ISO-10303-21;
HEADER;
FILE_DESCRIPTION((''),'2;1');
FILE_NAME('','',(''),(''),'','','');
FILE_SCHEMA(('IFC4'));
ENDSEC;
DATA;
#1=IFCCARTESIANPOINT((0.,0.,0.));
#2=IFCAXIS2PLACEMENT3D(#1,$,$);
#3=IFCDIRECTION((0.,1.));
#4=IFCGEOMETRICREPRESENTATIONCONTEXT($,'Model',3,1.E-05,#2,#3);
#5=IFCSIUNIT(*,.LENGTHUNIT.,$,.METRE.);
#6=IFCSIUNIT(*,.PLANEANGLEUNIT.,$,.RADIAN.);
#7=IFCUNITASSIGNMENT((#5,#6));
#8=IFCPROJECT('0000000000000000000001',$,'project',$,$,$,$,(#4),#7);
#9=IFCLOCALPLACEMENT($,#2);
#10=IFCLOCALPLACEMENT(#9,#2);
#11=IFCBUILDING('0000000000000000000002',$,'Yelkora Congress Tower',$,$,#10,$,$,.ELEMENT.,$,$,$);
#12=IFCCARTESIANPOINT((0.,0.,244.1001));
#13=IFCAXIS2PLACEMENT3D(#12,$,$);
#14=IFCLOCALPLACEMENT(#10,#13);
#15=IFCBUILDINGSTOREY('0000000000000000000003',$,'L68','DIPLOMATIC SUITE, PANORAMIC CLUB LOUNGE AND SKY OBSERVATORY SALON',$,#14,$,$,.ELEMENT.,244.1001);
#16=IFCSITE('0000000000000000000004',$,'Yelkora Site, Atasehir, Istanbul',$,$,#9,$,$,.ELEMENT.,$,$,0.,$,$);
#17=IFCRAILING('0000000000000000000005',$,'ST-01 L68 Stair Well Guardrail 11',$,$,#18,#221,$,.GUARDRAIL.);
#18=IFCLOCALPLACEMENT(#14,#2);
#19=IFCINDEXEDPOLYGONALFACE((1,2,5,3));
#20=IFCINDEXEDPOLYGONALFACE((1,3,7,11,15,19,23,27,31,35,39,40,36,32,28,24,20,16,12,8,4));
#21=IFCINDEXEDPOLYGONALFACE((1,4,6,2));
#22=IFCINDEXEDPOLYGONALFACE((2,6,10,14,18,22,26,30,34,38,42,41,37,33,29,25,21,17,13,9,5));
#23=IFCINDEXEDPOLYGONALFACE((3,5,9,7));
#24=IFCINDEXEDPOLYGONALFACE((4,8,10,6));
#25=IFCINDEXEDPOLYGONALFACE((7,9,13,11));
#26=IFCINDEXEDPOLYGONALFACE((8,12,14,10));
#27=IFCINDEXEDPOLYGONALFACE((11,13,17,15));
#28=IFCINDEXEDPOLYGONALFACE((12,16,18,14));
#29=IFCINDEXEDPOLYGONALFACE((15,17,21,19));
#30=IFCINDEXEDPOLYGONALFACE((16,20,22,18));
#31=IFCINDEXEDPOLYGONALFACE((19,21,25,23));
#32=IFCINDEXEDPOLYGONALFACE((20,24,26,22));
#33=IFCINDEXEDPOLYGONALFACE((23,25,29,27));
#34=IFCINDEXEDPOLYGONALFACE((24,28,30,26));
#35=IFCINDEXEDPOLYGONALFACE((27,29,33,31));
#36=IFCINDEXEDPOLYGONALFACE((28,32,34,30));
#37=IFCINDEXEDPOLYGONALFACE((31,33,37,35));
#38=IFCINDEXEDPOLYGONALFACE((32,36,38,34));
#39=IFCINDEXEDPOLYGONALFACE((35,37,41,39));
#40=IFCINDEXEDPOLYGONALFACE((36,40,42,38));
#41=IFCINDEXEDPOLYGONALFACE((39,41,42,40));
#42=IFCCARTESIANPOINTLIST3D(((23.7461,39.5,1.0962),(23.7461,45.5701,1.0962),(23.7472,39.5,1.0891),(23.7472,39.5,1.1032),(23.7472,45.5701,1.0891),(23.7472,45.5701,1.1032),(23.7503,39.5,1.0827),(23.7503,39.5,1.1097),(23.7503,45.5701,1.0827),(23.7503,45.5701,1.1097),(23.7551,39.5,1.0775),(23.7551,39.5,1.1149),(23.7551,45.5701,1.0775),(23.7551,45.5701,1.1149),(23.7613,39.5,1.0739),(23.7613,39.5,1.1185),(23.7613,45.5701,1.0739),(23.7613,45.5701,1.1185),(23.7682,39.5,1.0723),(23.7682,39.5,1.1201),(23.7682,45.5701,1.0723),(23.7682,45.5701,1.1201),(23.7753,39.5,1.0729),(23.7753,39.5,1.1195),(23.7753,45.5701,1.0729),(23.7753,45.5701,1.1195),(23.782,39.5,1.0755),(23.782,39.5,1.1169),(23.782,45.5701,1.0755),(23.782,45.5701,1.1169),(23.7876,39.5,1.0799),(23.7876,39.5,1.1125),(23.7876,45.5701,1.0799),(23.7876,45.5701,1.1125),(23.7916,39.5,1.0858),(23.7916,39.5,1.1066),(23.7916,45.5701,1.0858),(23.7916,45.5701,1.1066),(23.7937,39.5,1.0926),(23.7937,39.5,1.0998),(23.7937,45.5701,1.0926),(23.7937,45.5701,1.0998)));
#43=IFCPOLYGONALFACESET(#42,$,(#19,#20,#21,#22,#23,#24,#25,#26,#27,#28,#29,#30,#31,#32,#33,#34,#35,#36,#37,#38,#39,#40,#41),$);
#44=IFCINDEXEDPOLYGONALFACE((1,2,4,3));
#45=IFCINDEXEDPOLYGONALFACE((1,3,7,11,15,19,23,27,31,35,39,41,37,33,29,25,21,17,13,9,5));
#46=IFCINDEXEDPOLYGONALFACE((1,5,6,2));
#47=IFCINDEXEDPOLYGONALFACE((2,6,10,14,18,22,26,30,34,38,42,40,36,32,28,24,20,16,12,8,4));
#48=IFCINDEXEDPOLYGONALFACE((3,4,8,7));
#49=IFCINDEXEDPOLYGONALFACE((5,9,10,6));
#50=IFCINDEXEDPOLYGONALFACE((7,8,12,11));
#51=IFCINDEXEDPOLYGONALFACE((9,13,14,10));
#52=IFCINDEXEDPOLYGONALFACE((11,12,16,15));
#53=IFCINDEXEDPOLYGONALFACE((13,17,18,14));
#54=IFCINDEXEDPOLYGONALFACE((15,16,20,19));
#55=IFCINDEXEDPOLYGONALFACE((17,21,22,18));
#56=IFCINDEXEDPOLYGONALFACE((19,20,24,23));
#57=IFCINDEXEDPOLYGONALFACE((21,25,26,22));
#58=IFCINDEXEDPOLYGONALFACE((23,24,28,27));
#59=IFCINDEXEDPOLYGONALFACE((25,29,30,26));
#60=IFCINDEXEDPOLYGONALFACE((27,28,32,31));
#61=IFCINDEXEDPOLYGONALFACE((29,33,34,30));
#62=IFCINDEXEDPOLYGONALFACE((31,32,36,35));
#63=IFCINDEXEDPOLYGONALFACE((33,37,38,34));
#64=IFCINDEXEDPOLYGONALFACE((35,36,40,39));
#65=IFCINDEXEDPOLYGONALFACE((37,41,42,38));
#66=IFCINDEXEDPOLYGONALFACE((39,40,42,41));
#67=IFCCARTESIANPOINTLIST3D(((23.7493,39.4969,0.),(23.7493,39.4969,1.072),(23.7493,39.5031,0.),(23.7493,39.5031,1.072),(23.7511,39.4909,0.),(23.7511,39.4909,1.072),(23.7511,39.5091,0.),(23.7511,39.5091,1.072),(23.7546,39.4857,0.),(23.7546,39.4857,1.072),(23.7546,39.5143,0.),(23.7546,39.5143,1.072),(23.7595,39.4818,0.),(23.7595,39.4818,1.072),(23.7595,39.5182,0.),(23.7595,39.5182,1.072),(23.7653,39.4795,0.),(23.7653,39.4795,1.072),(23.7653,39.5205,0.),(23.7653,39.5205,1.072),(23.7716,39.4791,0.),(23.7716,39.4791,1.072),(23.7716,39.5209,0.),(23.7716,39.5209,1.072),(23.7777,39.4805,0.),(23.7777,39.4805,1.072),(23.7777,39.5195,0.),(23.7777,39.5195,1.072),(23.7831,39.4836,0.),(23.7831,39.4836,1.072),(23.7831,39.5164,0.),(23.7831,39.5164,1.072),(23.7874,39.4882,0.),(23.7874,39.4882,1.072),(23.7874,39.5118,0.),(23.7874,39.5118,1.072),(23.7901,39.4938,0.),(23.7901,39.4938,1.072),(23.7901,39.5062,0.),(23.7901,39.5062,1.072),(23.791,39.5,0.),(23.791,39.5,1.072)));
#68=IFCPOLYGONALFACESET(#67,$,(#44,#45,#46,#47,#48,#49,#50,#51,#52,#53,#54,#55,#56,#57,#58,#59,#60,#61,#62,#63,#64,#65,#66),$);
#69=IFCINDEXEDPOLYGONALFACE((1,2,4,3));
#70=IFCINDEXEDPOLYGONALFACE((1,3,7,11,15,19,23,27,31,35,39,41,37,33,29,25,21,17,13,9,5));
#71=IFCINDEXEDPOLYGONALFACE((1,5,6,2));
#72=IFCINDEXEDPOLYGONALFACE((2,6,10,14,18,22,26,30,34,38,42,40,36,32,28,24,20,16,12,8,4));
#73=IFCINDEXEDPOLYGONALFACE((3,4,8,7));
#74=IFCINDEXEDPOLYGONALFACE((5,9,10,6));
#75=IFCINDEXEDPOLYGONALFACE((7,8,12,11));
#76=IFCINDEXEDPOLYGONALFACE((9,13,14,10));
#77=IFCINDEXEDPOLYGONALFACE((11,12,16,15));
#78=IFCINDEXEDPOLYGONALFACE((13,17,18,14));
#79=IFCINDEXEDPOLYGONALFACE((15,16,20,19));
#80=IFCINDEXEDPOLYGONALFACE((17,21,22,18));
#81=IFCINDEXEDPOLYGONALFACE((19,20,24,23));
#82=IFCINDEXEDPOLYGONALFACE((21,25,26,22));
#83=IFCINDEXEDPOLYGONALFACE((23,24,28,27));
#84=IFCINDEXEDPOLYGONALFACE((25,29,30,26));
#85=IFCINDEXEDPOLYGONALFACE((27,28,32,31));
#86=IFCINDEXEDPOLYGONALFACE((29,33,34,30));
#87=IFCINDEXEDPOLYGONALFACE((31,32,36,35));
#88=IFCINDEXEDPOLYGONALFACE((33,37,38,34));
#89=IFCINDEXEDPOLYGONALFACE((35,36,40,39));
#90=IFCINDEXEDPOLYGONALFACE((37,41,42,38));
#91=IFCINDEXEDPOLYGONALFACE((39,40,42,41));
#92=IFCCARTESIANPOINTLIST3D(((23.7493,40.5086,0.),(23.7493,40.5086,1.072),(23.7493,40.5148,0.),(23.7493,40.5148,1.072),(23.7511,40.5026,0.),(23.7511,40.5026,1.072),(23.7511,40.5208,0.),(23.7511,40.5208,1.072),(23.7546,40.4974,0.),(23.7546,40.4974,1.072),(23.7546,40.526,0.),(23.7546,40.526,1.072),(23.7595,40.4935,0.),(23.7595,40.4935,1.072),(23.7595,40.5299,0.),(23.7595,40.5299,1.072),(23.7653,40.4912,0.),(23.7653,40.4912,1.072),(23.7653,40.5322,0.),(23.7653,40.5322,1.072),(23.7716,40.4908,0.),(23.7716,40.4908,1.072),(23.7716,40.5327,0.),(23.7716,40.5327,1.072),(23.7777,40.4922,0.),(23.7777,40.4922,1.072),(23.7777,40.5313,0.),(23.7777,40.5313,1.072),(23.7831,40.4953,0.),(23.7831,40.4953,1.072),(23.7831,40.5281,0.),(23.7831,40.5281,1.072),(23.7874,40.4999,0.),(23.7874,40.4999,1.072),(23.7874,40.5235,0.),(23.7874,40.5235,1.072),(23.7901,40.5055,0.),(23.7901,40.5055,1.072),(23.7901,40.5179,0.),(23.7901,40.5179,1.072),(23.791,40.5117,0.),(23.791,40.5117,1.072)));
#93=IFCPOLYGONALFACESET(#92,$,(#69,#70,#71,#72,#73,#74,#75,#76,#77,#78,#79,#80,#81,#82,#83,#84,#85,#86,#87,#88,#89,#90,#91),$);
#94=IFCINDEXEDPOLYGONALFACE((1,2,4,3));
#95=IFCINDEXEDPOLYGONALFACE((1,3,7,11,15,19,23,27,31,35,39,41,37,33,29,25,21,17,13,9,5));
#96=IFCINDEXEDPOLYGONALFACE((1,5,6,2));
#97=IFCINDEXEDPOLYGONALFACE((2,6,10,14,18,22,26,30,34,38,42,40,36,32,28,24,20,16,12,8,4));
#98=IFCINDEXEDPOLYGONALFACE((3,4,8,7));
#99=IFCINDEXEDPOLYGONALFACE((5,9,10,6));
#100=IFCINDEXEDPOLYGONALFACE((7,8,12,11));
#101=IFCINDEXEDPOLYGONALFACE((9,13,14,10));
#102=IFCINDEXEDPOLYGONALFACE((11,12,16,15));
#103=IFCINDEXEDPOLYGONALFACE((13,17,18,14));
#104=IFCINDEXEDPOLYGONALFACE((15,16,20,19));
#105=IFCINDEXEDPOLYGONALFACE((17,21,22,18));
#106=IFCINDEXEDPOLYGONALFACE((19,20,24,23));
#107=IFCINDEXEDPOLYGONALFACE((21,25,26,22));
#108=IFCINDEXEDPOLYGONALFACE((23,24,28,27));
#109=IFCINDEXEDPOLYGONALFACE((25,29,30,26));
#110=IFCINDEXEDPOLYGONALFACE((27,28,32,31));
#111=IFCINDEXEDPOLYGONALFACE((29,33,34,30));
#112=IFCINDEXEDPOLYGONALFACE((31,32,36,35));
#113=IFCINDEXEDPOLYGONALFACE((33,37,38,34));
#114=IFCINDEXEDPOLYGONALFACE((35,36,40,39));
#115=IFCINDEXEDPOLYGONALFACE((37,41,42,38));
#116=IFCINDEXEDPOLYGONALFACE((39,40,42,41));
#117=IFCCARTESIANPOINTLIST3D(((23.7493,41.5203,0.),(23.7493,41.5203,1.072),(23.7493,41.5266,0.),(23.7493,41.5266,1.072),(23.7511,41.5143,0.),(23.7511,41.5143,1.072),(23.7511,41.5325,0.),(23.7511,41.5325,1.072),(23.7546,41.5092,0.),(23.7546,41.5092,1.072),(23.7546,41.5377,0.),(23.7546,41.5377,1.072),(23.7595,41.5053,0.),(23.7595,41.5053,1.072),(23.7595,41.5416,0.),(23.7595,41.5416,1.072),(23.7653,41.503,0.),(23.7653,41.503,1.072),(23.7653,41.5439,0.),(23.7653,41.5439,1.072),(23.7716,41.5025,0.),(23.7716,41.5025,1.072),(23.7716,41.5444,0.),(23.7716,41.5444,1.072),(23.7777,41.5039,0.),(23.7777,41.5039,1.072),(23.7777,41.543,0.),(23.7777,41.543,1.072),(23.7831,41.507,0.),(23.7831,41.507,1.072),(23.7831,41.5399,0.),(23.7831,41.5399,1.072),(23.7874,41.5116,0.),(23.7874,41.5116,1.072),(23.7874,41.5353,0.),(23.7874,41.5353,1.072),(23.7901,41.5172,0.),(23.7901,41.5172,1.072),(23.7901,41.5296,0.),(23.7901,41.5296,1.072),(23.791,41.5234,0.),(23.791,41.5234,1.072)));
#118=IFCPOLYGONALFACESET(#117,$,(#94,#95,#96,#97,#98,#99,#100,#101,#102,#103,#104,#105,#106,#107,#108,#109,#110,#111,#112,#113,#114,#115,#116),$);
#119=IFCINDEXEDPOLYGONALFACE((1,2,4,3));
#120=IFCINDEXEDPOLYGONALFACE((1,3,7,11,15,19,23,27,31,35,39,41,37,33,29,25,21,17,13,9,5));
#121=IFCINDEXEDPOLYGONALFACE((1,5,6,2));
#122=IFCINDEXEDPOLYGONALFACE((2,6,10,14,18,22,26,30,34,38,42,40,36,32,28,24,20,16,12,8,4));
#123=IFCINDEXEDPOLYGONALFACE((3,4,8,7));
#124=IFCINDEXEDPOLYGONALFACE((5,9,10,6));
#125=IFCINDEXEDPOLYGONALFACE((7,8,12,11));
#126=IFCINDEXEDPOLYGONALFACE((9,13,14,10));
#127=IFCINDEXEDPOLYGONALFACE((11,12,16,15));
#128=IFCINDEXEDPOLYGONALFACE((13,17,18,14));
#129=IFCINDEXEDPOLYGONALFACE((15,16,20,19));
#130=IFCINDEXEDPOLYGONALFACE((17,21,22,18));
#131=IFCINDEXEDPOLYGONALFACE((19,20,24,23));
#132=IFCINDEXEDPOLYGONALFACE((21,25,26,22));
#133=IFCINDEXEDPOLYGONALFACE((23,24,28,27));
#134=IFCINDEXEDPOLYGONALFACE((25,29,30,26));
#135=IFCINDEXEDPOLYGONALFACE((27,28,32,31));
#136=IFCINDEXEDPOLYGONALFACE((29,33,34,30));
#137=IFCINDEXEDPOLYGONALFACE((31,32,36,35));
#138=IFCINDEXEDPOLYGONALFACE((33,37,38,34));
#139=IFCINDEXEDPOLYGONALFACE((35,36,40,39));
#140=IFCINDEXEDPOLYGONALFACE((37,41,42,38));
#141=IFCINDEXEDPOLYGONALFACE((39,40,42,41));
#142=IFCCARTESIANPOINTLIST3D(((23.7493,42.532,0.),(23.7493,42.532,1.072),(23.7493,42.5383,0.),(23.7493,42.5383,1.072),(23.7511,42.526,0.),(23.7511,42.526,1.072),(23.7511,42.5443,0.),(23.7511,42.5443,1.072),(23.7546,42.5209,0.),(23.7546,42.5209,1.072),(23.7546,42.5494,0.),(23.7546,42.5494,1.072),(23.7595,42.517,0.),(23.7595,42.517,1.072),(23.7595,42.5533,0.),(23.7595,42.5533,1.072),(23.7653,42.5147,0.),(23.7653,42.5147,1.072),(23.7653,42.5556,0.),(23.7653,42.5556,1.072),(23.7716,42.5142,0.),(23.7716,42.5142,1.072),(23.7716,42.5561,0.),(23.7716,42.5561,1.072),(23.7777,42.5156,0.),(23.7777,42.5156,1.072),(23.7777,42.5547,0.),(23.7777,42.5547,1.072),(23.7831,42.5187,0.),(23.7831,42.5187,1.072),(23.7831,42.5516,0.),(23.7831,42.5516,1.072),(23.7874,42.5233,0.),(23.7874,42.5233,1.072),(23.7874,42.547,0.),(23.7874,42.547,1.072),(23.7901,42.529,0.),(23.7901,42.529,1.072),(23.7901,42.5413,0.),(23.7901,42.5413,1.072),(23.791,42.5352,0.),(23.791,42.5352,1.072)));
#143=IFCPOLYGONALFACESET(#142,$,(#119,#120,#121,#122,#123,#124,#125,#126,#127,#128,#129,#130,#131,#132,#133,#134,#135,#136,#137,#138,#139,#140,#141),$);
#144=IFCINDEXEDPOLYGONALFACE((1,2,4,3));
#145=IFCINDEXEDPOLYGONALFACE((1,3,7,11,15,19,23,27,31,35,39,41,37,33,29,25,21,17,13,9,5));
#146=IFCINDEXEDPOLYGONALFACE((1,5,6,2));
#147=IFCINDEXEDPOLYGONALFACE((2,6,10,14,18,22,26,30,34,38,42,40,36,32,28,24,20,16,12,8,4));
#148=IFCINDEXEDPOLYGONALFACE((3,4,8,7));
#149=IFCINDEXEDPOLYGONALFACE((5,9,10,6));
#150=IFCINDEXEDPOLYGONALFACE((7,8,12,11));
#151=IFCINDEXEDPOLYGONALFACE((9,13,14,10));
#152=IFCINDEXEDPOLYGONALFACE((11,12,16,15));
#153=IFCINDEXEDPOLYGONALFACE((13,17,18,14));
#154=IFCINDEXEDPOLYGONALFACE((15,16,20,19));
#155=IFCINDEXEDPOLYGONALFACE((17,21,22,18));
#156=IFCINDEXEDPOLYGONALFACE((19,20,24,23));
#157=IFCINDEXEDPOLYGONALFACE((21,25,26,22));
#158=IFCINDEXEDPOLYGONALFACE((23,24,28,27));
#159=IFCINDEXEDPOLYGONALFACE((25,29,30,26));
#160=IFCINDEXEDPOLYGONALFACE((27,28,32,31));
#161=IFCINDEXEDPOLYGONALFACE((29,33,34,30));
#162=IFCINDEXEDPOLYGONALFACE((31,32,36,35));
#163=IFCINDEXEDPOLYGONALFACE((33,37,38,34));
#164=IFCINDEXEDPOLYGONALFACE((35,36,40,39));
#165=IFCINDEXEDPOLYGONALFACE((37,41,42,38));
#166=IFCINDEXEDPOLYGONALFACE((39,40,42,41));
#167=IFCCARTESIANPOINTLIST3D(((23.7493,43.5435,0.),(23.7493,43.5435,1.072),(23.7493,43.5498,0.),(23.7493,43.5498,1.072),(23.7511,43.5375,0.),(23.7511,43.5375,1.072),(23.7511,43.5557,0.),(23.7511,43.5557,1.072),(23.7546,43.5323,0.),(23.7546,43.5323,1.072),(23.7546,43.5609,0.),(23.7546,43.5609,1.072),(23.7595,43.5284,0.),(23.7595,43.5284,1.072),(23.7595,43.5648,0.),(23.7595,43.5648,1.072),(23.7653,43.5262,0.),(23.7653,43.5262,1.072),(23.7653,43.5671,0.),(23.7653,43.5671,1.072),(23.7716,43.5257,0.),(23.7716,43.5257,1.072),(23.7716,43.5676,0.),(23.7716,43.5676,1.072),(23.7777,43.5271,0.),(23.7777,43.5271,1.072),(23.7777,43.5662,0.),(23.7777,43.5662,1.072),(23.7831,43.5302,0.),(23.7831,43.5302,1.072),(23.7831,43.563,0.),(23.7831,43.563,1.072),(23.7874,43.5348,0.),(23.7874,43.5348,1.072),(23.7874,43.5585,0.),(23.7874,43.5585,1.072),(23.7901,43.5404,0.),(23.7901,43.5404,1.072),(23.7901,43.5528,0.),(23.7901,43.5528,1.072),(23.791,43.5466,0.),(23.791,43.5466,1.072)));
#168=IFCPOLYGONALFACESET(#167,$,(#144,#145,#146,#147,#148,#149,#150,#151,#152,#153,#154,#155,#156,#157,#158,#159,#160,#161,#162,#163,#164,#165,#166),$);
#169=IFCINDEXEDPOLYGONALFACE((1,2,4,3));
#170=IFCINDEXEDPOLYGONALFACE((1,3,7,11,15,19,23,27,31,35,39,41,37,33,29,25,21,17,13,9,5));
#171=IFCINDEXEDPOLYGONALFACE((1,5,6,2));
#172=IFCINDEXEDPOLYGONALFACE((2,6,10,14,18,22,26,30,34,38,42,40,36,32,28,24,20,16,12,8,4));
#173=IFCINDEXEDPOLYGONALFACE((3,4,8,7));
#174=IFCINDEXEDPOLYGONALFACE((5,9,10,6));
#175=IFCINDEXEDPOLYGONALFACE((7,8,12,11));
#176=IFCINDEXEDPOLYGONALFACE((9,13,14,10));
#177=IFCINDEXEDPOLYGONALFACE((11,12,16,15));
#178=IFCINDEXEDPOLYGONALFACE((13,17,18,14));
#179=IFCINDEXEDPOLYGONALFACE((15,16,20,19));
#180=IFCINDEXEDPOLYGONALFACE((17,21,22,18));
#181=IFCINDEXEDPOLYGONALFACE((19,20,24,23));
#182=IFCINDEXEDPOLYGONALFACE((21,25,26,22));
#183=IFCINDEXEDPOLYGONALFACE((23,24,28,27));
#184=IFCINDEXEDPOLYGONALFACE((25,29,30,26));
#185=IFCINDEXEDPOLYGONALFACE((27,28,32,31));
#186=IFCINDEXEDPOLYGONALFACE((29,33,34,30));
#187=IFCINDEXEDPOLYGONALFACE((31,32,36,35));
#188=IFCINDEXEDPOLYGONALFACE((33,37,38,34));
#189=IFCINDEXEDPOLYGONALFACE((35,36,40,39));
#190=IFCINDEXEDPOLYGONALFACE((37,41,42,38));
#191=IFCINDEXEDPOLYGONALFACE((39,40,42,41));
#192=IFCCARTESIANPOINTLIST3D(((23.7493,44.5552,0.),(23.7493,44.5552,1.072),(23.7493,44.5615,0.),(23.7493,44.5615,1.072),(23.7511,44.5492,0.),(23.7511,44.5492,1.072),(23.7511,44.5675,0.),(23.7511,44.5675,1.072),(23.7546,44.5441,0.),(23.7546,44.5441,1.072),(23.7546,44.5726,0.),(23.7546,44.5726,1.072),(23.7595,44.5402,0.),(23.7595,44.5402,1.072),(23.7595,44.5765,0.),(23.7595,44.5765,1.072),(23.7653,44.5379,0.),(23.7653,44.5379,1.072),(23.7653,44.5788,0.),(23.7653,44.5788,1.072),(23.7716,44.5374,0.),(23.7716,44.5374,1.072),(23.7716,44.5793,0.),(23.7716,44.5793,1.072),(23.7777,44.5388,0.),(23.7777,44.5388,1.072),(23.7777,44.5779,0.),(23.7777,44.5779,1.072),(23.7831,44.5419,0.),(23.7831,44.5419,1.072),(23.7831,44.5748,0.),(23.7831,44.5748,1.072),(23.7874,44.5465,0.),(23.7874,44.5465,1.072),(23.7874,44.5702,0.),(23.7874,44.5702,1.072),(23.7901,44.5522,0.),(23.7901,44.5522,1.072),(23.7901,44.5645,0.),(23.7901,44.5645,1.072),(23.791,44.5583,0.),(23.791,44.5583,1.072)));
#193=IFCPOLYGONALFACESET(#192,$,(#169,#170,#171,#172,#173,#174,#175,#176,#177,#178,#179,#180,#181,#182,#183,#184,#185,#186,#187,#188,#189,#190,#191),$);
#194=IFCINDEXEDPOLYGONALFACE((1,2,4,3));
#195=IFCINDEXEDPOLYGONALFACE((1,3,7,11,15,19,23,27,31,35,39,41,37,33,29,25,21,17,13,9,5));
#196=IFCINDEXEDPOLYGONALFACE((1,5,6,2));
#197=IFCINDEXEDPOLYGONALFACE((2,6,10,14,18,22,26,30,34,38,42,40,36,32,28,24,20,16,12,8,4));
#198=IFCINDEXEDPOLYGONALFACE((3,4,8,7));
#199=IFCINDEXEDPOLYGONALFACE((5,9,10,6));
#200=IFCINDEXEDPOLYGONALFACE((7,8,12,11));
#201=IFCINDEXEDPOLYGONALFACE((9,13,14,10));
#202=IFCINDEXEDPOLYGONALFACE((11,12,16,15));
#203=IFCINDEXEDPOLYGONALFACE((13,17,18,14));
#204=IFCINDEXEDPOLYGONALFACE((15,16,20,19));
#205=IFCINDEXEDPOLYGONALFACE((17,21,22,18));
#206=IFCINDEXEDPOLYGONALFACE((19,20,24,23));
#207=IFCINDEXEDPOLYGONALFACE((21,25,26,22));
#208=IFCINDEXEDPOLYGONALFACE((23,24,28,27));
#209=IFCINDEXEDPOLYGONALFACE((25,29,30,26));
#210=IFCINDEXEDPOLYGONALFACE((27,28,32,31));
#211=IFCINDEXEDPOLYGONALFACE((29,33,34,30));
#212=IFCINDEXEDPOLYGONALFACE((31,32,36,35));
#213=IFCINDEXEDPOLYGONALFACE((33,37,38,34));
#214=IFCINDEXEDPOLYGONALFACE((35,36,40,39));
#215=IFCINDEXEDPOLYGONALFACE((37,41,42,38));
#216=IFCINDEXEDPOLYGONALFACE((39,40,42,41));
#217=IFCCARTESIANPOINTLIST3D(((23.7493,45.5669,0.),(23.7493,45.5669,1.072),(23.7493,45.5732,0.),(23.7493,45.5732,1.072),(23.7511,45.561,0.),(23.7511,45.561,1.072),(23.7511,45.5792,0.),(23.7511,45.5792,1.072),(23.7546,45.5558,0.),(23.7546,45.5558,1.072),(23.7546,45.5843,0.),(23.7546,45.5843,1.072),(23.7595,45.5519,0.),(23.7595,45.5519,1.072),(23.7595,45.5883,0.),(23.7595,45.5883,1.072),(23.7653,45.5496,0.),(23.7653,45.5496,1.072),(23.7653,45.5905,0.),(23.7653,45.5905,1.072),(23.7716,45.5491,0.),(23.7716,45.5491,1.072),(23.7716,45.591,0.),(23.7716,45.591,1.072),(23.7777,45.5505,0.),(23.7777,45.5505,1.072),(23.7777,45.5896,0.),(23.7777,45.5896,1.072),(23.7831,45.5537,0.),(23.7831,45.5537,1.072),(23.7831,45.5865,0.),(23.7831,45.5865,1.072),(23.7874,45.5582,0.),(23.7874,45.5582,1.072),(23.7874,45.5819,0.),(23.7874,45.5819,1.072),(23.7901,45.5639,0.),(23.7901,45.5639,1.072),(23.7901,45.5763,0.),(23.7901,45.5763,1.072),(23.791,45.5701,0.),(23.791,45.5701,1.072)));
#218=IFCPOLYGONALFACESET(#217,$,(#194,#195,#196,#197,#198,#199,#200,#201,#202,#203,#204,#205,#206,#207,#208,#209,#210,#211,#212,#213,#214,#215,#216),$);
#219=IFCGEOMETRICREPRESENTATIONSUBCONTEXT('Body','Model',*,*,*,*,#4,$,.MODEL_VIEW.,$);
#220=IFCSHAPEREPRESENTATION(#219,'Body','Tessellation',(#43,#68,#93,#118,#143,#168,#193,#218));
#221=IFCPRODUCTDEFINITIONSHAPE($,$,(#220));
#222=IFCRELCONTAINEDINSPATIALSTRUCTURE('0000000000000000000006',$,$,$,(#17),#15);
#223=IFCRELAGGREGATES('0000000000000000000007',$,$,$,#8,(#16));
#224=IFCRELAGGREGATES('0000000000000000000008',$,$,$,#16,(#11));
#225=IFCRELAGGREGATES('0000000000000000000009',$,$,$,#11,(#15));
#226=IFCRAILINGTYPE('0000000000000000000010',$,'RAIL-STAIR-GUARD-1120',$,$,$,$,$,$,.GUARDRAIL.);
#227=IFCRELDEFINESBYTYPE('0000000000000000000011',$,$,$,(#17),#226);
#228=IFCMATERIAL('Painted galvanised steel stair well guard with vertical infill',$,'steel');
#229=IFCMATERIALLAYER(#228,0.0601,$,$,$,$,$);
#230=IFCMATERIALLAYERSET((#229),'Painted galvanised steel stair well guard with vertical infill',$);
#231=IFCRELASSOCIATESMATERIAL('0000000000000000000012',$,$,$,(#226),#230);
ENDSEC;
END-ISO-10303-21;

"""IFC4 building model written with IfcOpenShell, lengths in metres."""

from ifc_helpers import new_model, si_unit, direction, frame, origin, origin_2d, place, context, subcontext, project, spatial, circle, extrude, material, layer, layer_set, type_object, element, save


model = new_model("IFC4")

# Units and contexts
model_context = context("Model", 3, precision=1e-05, world=origin(), true_north=direction((0.0, 1.0)))
body_context = subcontext(model_context, "Body", "Model", "MODEL_VIEW")
ifc_project = project(units=[si_unit("LENGTHUNIT", "METRE"), si_unit("PLANEANGLEUNIT", "RADIAN")], contexts=[model_context])

# Site, building, storey
site_placement = place(None, origin())
site = spatial("IfcSite", under=ifc_project, at=site_placement, Name="Yelkora Site, Atasehir, Istanbul", CompositionType="ELEMENT", RefElevation=0.0)
building_placement = place(site_placement, origin())
building = spatial("IfcBuilding", under=site, at=building_placement, Name="Yelkora Congress Tower", CompositionType="ELEMENT")
storey_placement = place(building_placement, frame((0.0, 0.0, 244.1001)))
storey = spatial("IfcBuildingStorey", under=building, at=storey_placement, Name="L68", Description="DIPLOMATIC SUITE, PANORAMIC CLUB LOUNGE AND SKY OBSERVATORY SALON", CompositionType="ELEMENT", Elevation=244.1001)

# Railing
ifc_material_1 = material(Name="Painted galvanised steel stair well guard with vertical infill", Category="steel")
ifc_layer_1 = layer(ifc_material_1, 0.0601)
ifc_layer_set_1 = layer_set([ifc_layer_1], Name="Painted galvanised steel stair well guard with vertical infill")
railing_type_1 = type_object("IfcRailingType", Name="RAIL-STAIR-GUARD-1120", PredefinedType="GUARDRAIL", material=ifc_layer_set_1)
railing_1_placement = place(storey_placement, frame((23.77, 39.5, 0.0)))
element("IfcRailing", 1, at=railing_1_placement, inside=storey, type_object=railing_type_1, Name="ST-01 L68 Stair Well Guardrail 11", PredefinedType="GUARDRAIL", context=body_context, shape_type="SweptSolid", body=[
    extrude(circle(Radius=0.0239, at=origin_2d()), frame((0.0, 0.0, 1.0962), z_axis=(0.0, 1.0, 0.0), x_axis=(-1.0, 0.0, 0.0)), (0.0, 0.0, 1.0), 6.0701),
    extrude(circle(Radius=0.021, at=origin_2d()), origin(), (0.0, 0.0, 1.0), 1.072),
    extrude(circle(Radius=0.021, at=origin_2d()), frame((0.0, 1.0117, 0.0)), (0.0, 0.0, 1.0), 1.072),
    extrude(circle(Radius=0.021, at=origin_2d()), frame((0.0, 2.0234, 0.0)), (0.0, 0.0, 1.0), 1.072),
    extrude(circle(Radius=0.021, at=origin_2d()), frame((0.0, 3.0352, 0.0)), (0.0, 0.0, 1.0), 1.072),
    extrude(circle(Radius=0.021, at=origin_2d()), frame((0.0, 4.0466, 0.0)), (0.0, 0.0, 1.0), 1.072),
    extrude(circle(Radius=0.021, at=origin_2d()), frame((0.0, 5.0583, 0.0)), (0.0, 0.0, 1.0), 1.072),
    extrude(circle(Radius=0.021, at=origin_2d()), frame((0.0, 6.0701, 0.0)), (0.0, 0.0, 1.0), 1.072),
])

save(model, "model.ifc")
